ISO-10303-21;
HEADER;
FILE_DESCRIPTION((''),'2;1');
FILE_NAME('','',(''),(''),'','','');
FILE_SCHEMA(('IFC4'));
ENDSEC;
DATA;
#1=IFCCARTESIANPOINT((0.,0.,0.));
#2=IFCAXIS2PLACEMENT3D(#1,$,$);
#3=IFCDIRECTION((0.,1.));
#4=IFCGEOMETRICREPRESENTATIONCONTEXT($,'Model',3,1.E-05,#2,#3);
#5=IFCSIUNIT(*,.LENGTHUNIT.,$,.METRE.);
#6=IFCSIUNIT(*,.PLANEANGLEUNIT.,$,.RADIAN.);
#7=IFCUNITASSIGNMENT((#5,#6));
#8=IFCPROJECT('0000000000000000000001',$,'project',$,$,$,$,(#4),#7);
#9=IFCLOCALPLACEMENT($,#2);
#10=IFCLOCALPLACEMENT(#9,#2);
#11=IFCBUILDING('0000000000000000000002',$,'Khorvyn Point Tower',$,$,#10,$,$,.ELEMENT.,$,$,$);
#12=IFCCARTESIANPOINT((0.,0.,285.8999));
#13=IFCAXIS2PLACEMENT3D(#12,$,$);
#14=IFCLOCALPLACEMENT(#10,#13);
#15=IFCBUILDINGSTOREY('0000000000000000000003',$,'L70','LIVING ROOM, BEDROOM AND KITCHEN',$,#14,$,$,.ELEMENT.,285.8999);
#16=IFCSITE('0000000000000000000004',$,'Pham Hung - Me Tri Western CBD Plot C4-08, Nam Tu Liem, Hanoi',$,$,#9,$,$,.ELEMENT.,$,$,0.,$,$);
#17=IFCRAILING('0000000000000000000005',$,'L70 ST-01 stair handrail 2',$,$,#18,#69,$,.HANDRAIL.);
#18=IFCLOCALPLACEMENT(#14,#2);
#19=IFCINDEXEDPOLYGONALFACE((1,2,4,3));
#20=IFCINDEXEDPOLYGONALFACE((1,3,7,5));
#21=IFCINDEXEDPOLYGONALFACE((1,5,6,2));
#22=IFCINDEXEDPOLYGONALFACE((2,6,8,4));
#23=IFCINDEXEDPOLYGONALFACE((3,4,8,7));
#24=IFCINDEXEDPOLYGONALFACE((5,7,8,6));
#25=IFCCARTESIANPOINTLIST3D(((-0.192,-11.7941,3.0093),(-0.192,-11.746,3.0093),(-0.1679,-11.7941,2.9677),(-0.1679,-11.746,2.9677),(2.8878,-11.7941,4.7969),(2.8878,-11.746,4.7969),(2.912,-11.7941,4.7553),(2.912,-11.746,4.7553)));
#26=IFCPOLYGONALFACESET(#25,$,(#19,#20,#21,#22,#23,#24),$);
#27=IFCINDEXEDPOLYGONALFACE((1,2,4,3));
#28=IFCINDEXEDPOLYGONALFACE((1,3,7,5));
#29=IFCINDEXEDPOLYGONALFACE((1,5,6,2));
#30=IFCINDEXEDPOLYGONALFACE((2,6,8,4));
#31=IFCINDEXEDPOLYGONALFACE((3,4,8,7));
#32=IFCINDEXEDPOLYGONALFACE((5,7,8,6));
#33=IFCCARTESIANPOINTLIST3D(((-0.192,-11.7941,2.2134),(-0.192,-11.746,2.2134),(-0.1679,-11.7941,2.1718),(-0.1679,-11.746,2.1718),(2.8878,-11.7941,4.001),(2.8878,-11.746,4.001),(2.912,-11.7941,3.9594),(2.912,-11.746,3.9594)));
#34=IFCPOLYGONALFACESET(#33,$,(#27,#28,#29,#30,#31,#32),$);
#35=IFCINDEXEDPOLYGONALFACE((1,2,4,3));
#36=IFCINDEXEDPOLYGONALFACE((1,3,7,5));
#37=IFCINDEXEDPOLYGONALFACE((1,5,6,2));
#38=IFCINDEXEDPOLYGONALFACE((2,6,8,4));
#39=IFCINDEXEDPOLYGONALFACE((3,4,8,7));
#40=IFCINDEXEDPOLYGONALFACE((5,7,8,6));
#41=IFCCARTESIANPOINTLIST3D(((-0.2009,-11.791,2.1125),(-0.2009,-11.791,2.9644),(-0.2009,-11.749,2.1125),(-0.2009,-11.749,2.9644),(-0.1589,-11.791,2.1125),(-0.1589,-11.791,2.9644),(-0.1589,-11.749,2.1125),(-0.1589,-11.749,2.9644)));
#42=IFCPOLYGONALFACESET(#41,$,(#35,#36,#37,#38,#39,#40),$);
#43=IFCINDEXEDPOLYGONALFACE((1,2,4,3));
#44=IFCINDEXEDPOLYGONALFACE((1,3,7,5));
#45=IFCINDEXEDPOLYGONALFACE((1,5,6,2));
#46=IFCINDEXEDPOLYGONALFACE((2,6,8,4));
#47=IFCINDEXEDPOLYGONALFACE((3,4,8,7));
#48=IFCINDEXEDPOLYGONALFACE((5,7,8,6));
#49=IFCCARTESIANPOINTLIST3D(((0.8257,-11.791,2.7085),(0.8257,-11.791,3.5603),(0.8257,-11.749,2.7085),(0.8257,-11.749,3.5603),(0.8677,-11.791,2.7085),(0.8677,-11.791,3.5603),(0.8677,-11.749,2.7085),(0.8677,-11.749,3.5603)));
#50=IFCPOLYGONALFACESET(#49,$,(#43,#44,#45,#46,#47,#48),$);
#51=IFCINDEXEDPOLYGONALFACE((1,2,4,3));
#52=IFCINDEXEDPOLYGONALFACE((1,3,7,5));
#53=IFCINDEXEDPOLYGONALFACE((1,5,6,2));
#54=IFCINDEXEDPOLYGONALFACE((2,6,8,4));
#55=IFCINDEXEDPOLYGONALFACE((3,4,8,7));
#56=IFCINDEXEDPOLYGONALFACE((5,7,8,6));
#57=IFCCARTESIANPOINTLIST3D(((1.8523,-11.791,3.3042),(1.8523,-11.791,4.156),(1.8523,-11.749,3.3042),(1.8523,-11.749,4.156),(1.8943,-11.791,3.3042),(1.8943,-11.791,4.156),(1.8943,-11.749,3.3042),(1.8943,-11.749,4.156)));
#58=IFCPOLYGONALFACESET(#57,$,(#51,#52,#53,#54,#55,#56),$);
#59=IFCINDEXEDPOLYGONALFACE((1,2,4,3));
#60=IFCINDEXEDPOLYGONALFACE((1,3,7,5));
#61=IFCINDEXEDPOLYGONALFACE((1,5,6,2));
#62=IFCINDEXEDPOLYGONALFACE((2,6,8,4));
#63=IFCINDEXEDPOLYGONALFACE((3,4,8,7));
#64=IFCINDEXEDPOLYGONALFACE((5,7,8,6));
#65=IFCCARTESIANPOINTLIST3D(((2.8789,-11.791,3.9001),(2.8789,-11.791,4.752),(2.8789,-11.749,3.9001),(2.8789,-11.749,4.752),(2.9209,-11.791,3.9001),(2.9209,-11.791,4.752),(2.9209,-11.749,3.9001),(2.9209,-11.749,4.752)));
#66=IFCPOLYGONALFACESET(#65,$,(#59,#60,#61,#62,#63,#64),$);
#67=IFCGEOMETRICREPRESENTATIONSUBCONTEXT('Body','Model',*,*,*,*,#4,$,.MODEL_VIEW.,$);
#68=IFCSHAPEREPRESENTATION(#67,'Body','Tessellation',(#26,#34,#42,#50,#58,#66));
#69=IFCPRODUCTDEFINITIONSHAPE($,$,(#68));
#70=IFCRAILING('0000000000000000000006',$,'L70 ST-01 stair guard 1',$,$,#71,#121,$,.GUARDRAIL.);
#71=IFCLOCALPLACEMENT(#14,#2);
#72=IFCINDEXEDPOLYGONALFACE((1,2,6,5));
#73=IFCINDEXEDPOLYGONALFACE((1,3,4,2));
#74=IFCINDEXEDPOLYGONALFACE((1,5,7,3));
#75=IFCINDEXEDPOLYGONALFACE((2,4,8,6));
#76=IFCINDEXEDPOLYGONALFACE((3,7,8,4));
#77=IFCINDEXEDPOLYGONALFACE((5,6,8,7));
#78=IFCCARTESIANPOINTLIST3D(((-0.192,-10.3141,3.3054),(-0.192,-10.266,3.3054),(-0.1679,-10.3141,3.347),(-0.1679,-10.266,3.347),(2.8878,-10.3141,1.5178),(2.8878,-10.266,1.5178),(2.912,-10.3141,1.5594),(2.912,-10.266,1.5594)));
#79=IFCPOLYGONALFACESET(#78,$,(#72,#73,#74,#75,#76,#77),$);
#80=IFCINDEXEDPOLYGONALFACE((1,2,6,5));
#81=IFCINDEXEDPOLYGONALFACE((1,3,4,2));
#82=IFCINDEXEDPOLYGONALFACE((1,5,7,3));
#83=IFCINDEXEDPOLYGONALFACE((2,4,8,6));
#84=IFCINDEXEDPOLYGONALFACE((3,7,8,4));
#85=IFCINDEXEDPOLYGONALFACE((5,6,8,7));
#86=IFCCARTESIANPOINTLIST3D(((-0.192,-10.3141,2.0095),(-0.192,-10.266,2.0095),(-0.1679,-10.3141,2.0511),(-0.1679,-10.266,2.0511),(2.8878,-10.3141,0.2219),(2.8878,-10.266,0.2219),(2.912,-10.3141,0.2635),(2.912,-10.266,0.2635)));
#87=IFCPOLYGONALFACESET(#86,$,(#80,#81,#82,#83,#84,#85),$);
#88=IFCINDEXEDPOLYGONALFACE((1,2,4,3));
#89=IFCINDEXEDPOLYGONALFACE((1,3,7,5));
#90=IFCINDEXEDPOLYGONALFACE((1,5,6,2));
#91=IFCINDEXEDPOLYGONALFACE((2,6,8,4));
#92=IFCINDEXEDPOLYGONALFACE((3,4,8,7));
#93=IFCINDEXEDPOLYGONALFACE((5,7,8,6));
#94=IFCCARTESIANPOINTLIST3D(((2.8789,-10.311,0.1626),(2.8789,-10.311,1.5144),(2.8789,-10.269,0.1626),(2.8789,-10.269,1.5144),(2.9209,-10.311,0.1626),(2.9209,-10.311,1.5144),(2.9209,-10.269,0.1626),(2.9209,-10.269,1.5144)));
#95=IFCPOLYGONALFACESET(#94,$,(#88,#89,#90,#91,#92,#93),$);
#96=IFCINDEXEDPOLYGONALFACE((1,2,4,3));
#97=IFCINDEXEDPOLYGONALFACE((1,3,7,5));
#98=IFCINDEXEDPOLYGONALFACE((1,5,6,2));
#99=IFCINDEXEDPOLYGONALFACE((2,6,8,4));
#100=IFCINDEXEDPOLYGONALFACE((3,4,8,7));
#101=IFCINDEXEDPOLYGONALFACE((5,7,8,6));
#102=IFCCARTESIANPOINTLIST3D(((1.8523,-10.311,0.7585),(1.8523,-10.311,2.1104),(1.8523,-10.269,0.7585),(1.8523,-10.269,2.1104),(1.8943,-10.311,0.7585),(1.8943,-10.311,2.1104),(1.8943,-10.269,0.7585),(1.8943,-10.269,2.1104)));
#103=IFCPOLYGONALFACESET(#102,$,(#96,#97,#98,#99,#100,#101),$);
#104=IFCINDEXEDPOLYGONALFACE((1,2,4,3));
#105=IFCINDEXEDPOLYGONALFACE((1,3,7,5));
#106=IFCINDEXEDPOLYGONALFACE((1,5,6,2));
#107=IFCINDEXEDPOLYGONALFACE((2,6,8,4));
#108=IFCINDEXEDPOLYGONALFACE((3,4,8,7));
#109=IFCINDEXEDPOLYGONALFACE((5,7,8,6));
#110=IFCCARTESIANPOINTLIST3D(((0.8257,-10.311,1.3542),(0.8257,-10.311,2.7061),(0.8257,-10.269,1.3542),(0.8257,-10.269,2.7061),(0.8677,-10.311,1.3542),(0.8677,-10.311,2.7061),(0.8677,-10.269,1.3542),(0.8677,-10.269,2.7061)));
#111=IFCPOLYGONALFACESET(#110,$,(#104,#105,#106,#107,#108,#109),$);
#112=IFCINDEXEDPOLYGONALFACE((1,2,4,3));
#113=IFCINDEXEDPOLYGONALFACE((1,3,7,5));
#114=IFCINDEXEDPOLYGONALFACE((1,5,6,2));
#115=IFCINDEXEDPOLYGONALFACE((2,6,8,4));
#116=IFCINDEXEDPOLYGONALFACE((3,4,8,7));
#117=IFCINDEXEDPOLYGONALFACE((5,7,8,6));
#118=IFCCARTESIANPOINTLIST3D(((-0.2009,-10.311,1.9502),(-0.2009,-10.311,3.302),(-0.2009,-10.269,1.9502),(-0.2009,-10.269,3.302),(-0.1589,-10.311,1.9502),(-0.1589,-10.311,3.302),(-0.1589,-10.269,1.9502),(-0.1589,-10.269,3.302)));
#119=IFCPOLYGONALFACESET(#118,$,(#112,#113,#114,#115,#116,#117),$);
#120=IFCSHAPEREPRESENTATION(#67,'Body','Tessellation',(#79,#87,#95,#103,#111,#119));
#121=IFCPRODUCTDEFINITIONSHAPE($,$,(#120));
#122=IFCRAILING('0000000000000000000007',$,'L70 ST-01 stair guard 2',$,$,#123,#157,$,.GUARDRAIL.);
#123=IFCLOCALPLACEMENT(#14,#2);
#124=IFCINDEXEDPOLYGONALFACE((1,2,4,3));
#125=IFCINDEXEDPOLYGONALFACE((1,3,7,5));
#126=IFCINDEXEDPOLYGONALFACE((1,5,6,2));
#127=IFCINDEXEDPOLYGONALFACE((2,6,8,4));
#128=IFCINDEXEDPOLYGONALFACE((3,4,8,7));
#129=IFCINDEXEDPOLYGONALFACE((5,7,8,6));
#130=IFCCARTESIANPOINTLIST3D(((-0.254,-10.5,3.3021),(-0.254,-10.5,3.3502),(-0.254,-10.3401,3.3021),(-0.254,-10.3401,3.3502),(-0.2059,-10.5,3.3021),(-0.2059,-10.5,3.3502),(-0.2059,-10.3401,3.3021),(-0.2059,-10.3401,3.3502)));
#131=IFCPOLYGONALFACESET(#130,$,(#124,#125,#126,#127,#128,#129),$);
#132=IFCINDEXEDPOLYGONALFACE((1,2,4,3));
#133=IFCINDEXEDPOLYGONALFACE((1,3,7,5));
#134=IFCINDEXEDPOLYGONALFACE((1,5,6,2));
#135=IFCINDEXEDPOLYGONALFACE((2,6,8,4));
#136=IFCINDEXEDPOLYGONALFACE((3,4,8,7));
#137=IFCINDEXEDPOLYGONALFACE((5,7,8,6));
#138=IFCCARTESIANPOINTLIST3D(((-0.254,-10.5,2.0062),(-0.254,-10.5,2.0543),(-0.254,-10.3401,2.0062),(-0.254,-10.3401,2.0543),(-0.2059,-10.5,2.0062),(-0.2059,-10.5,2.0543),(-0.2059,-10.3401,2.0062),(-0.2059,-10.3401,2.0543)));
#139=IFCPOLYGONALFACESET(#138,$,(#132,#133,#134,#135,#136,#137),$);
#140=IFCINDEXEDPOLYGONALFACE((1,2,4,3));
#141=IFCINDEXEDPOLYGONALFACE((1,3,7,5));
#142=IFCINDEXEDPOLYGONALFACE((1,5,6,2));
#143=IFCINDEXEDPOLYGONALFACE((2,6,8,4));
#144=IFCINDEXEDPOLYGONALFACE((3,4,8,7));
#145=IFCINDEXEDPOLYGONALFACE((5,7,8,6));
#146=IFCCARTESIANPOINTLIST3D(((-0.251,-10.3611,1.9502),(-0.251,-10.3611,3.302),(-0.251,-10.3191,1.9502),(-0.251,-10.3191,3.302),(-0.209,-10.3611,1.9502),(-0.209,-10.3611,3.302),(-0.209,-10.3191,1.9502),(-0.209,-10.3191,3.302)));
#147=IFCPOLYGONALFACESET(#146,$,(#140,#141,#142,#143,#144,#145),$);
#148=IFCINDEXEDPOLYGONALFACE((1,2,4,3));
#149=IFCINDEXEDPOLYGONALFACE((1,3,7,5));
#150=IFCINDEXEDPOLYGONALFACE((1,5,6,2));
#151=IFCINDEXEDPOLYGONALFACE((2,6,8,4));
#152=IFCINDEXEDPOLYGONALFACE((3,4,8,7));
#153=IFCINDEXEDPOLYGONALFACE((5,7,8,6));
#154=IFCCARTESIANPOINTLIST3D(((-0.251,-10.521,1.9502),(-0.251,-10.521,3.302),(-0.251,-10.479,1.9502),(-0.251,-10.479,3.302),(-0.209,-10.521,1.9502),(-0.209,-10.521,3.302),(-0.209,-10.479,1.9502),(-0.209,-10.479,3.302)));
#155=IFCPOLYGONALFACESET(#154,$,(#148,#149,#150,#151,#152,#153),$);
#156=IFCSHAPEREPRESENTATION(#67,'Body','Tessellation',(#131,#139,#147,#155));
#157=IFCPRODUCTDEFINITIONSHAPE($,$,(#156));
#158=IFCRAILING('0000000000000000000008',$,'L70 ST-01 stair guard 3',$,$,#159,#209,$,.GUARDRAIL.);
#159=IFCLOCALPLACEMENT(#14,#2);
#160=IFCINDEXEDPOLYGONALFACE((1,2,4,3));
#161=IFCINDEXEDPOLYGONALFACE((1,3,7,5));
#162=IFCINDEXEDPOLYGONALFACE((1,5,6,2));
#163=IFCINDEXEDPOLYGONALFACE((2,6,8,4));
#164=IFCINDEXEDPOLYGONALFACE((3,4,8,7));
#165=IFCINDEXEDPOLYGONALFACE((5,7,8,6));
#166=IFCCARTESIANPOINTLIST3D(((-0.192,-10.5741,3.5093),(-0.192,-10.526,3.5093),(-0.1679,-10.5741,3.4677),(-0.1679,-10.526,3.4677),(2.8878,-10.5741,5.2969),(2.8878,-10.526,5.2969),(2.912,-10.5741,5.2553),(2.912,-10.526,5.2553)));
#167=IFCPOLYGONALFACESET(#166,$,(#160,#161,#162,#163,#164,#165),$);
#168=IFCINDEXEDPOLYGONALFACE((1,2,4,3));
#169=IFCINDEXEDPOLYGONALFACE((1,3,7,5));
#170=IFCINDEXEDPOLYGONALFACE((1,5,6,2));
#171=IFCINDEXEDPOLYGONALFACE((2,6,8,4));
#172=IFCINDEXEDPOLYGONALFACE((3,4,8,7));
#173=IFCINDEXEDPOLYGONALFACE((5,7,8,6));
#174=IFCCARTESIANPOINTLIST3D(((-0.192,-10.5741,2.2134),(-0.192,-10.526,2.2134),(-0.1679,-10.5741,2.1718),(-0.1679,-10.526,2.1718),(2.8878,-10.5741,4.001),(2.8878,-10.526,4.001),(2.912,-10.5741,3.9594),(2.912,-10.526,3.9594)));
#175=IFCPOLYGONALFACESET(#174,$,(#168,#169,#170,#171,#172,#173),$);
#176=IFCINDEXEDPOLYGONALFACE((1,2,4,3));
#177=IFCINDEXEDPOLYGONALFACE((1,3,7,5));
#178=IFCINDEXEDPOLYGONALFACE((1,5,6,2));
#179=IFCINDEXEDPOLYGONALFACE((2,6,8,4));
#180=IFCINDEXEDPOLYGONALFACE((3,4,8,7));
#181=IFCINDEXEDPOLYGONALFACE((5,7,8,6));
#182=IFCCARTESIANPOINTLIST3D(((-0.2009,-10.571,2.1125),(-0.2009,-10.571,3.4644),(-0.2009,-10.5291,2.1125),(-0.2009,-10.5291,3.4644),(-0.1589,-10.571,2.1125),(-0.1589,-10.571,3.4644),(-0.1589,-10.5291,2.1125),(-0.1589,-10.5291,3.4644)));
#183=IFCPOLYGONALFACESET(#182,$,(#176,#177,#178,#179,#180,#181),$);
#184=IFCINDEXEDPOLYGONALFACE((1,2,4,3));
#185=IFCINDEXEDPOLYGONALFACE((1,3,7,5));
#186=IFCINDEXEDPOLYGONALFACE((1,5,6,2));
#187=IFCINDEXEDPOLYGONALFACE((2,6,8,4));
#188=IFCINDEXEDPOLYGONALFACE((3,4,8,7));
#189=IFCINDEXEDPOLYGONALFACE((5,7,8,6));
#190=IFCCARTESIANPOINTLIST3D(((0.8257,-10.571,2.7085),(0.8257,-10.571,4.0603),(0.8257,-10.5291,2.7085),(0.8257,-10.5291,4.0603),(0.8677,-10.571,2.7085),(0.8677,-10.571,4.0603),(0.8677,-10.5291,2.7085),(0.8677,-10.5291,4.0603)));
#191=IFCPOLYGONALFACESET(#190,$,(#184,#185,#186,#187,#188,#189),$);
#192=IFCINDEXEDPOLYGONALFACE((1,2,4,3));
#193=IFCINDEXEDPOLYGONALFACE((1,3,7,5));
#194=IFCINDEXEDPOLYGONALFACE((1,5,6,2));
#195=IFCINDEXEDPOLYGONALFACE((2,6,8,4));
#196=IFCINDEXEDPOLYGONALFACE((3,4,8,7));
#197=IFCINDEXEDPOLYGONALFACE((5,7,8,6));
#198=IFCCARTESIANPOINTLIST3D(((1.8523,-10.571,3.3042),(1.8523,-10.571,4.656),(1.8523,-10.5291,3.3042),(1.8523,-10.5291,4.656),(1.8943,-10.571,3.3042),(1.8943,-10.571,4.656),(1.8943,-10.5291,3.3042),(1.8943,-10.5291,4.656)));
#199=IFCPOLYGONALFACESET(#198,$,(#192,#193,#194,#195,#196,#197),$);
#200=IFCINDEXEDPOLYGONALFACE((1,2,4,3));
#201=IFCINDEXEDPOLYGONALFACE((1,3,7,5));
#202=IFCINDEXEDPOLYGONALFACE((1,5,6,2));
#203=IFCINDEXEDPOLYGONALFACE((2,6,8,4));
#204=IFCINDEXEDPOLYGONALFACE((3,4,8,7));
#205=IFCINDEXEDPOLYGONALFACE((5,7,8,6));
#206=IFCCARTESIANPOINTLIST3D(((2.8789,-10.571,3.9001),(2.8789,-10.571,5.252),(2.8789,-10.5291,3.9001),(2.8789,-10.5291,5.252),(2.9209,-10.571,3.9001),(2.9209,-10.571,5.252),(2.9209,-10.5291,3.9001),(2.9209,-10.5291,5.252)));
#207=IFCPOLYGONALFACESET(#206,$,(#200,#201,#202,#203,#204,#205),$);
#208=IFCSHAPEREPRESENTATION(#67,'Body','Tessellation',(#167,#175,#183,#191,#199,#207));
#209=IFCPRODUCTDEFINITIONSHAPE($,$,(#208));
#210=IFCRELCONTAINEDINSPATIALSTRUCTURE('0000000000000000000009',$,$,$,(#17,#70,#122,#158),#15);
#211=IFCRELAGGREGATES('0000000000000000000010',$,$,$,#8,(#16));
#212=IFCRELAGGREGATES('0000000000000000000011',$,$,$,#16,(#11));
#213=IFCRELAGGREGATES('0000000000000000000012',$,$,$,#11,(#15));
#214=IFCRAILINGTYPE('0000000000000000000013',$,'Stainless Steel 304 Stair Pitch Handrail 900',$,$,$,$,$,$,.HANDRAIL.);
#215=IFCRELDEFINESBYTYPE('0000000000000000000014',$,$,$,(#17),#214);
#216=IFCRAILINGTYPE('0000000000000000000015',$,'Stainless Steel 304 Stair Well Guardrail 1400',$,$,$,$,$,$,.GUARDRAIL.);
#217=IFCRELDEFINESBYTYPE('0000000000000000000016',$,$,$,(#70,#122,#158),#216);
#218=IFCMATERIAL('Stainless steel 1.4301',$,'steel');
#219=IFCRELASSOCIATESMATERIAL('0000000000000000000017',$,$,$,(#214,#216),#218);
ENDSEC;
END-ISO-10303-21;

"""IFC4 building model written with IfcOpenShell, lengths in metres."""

from ifc_helpers import new_model, si_unit, direction, frame, origin, origin_2d, place, context, subcontext, project, spatial, rectangle, extrude, material, type_object, element, save


model = new_model("IFC4")

# Units and contexts
model_context = context("Model", 3, precision=1e-05, world=origin(), true_north=direction((0.0, 1.0)))
body_context = subcontext(model_context, "Body", "Model", "MODEL_VIEW")
ifc_project = project(units=[si_unit("LENGTHUNIT", "METRE"), si_unit("PLANEANGLEUNIT", "RADIAN")], contexts=[model_context])

# Site, building, storey
site_placement = place(None, origin())
site = spatial("IfcSite", under=ifc_project, at=site_placement, Name="Pham Hung - Me Tri Western CBD Plot C4-08, Nam Tu Liem, Hanoi", CompositionType="ELEMENT", RefElevation=0.0)
building_placement = place(site_placement, origin())
building = spatial("IfcBuilding", under=site, at=building_placement, Name="Khorvyn Point Tower", CompositionType="ELEMENT")
storey_placement = place(building_placement, frame((0.0, 0.0, 285.8999)))
storey = spatial("IfcBuildingStorey", under=building, at=storey_placement, Name="L70", Description="LIVING ROOM, BEDROOM AND KITCHEN", CompositionType="ELEMENT", Elevation=285.8999)

# Shared definitions
ifc_material_1 = material(Name="Stainless steel 1.4301", Category="steel")

# Railings
railing_type_1 = type_object("IfcRailingType", Name="Stainless Steel 304 Stair Pitch Handrail 900", PredefinedType="HANDRAIL", material=ifc_material_1)
railing_1_placement = place(storey_placement, frame((-0.1799, -11.77, 2.1125)))
element("IfcRailing", 1, at=railing_1_placement, inside=storey, type_object=railing_type_1, Name="L70 ST-01 stair handrail 2", PredefinedType="HANDRAIL", context=body_context, shape_type="SweptSolid", body=[
    extrude(rectangle(XDim=0.0481, YDim=0.0481, at=origin_2d()), frame((0.0, 0.0, 0.876), z_axis=(0.864873, 0.0, 0.50199), x_axis=(0.0, 1.0, 0.0)), (0.0, 0.0, 1.0), 3.561),
    extrude(rectangle(XDim=0.0481, YDim=0.0481, at=origin_2d()), frame((0.0, 0.0, 0.0801), z_axis=(0.864873, 0.0, 0.50199), x_axis=(0.0, 1.0, 0.0)), (0.0, 0.0, 1.0), 3.561),
    extrude(rectangle(XDim=0.042, YDim=0.042, at=origin_2d()), origin(), (0.0, 0.0, 1.0), 0.8518),
    extrude(rectangle(XDim=0.042, YDim=0.042, at=origin_2d()), frame((1.0266, 0.0, 0.5959)), (0.0, 0.0, 1.0), 0.8518),
    extrude(rectangle(XDim=0.042, YDim=0.042, at=origin_2d()), frame((2.0532, 0.0, 1.1917)), (0.0, 0.0, 1.0), 0.8518),
    extrude(rectangle(XDim=0.042, YDim=0.042, at=origin_2d()), frame((3.0798, 0.0, 1.7876)), (0.0, 0.0, 1.0), 0.8518),
])
railing_type_2 = type_object("IfcRailingType", Name="Stainless Steel 304 Stair Well Guardrail 1400", PredefinedType="GUARDRAIL", material=ifc_material_1)
railing_2_placement = place(storey_placement, frame((2.8999, -10.29, 0.1626)))
element("IfcRailing", 2, at=railing_2_placement, inside=storey, type_object=railing_type_2, Name="L70 ST-01 stair guard 1", PredefinedType="GUARDRAIL", context=body_context, shape_type="SweptSolid", body=[
    extrude(rectangle(XDim=0.0481, YDim=0.0481, at=origin_2d()), frame((0.0, 0.0, 1.376), z_axis=(-0.864873, 0.0, 0.50199), x_axis=(0.0, -1.0, 0.0)), (0.0, 0.0, 1.0), 3.561),
    extrude(rectangle(XDim=0.0481, YDim=0.0481, at=origin_2d()), frame((0.0, 0.0, 0.0801), z_axis=(-0.864873, 0.0, 0.50199), x_axis=(0.0, -1.0, 0.0)), (0.0, 0.0, 1.0), 3.561),
    extrude(rectangle(XDim=0.042, YDim=0.042, at=origin_2d()), origin(), (0.0, 0.0, 1.0), 1.3518),
    extrude(rectangle(XDim=0.042, YDim=0.042, at=origin_2d()), frame((-1.0266, 0.0, 0.5959)), (0.0, 0.0, 1.0), 1.3518),
    extrude(rectangle(XDim=0.042, YDim=0.042, at=origin_2d()), frame((-2.0532, 0.0, 1.1917)), (0.0, 0.0, 1.0), 1.3518),
    extrude(rectangle(XDim=0.042, YDim=0.042, at=origin_2d()), frame((-3.0798, 0.0, 1.7876)), (0.0, 0.0, 1.0), 1.3518),
])
railing_3_placement = place(storey_placement, frame((-0.23, -10.3401, 1.9502)))
element("IfcRailing", 3, at=railing_3_placement, inside=storey, type_object=railing_type_2, Name="L70 ST-01 stair guard 2", PredefinedType="GUARDRAIL", context=body_context, shape_type="SweptSolid", body=[
    extrude(rectangle(XDim=0.0481, YDim=0.0481, at=origin_2d()), frame((0.0, 0.0, 1.376), z_axis=(0.0, -1.0, 0.0), x_axis=(1.0, 0.0, 0.0)), (0.0, 0.0, 1.0), 0.1599),
    extrude(rectangle(XDim=0.0481, YDim=0.0481, at=origin_2d()), frame((0.0, 0.0, 0.0801), z_axis=(0.0, -1.0, 0.0), x_axis=(1.0, 0.0, 0.0)), (0.0, 0.0, 1.0), 0.1599),
    extrude(rectangle(XDim=0.042, YDim=0.042, at=origin_2d()), origin(), (0.0, 0.0, 1.0), 1.3518),
    extrude(rectangle(XDim=0.042, YDim=0.042, at=origin_2d()), frame((0.0, -0.1599, 0.0)), (0.0, 0.0, 1.0), 1.3518),
])
railing_4_placement = place(storey_placement, frame((-0.1799, -10.55, 2.1125)))
element("IfcRailing", 4, at=railing_4_placement, inside=storey, type_object=railing_type_2, Name="L70 ST-01 stair guard 3", PredefinedType="GUARDRAIL", context=body_context, shape_type="SweptSolid", body=[
    extrude(rectangle(XDim=0.0481, YDim=0.0481, at=origin_2d()), frame((0.0, 0.0, 1.376), z_axis=(0.864873, 0.0, 0.50199), x_axis=(0.0, 1.0, 0.0)), (0.0, 0.0, 1.0), 3.561),
    extrude(rectangle(XDim=0.0481, YDim=0.0481, at=origin_2d()), frame((0.0, 0.0, 0.0801), z_axis=(0.864873, 0.0, 0.50199), x_axis=(0.0, 1.0, 0.0)), (0.0, 0.0, 1.0), 3.561),
    extrude(rectangle(XDim=0.042, YDim=0.042, at=origin_2d()), origin(), (0.0, 0.0, 1.0), 1.3518),
    extrude(rectangle(XDim=0.042, YDim=0.042, at=origin_2d()), frame((1.0266, 0.0, 0.5959)), (0.0, 0.0, 1.0), 1.3518),
    extrude(rectangle(XDim=0.042, YDim=0.042, at=origin_2d()), frame((2.0532, 0.0, 1.1917)), (0.0, 0.0, 1.0), 1.3518),
    extrude(rectangle(XDim=0.042, YDim=0.042, at=origin_2d()), frame((3.0798, 0.0, 1.7876)), (0.0, 0.0, 1.0), 1.3518),
])

save(model, "model.ifc")
